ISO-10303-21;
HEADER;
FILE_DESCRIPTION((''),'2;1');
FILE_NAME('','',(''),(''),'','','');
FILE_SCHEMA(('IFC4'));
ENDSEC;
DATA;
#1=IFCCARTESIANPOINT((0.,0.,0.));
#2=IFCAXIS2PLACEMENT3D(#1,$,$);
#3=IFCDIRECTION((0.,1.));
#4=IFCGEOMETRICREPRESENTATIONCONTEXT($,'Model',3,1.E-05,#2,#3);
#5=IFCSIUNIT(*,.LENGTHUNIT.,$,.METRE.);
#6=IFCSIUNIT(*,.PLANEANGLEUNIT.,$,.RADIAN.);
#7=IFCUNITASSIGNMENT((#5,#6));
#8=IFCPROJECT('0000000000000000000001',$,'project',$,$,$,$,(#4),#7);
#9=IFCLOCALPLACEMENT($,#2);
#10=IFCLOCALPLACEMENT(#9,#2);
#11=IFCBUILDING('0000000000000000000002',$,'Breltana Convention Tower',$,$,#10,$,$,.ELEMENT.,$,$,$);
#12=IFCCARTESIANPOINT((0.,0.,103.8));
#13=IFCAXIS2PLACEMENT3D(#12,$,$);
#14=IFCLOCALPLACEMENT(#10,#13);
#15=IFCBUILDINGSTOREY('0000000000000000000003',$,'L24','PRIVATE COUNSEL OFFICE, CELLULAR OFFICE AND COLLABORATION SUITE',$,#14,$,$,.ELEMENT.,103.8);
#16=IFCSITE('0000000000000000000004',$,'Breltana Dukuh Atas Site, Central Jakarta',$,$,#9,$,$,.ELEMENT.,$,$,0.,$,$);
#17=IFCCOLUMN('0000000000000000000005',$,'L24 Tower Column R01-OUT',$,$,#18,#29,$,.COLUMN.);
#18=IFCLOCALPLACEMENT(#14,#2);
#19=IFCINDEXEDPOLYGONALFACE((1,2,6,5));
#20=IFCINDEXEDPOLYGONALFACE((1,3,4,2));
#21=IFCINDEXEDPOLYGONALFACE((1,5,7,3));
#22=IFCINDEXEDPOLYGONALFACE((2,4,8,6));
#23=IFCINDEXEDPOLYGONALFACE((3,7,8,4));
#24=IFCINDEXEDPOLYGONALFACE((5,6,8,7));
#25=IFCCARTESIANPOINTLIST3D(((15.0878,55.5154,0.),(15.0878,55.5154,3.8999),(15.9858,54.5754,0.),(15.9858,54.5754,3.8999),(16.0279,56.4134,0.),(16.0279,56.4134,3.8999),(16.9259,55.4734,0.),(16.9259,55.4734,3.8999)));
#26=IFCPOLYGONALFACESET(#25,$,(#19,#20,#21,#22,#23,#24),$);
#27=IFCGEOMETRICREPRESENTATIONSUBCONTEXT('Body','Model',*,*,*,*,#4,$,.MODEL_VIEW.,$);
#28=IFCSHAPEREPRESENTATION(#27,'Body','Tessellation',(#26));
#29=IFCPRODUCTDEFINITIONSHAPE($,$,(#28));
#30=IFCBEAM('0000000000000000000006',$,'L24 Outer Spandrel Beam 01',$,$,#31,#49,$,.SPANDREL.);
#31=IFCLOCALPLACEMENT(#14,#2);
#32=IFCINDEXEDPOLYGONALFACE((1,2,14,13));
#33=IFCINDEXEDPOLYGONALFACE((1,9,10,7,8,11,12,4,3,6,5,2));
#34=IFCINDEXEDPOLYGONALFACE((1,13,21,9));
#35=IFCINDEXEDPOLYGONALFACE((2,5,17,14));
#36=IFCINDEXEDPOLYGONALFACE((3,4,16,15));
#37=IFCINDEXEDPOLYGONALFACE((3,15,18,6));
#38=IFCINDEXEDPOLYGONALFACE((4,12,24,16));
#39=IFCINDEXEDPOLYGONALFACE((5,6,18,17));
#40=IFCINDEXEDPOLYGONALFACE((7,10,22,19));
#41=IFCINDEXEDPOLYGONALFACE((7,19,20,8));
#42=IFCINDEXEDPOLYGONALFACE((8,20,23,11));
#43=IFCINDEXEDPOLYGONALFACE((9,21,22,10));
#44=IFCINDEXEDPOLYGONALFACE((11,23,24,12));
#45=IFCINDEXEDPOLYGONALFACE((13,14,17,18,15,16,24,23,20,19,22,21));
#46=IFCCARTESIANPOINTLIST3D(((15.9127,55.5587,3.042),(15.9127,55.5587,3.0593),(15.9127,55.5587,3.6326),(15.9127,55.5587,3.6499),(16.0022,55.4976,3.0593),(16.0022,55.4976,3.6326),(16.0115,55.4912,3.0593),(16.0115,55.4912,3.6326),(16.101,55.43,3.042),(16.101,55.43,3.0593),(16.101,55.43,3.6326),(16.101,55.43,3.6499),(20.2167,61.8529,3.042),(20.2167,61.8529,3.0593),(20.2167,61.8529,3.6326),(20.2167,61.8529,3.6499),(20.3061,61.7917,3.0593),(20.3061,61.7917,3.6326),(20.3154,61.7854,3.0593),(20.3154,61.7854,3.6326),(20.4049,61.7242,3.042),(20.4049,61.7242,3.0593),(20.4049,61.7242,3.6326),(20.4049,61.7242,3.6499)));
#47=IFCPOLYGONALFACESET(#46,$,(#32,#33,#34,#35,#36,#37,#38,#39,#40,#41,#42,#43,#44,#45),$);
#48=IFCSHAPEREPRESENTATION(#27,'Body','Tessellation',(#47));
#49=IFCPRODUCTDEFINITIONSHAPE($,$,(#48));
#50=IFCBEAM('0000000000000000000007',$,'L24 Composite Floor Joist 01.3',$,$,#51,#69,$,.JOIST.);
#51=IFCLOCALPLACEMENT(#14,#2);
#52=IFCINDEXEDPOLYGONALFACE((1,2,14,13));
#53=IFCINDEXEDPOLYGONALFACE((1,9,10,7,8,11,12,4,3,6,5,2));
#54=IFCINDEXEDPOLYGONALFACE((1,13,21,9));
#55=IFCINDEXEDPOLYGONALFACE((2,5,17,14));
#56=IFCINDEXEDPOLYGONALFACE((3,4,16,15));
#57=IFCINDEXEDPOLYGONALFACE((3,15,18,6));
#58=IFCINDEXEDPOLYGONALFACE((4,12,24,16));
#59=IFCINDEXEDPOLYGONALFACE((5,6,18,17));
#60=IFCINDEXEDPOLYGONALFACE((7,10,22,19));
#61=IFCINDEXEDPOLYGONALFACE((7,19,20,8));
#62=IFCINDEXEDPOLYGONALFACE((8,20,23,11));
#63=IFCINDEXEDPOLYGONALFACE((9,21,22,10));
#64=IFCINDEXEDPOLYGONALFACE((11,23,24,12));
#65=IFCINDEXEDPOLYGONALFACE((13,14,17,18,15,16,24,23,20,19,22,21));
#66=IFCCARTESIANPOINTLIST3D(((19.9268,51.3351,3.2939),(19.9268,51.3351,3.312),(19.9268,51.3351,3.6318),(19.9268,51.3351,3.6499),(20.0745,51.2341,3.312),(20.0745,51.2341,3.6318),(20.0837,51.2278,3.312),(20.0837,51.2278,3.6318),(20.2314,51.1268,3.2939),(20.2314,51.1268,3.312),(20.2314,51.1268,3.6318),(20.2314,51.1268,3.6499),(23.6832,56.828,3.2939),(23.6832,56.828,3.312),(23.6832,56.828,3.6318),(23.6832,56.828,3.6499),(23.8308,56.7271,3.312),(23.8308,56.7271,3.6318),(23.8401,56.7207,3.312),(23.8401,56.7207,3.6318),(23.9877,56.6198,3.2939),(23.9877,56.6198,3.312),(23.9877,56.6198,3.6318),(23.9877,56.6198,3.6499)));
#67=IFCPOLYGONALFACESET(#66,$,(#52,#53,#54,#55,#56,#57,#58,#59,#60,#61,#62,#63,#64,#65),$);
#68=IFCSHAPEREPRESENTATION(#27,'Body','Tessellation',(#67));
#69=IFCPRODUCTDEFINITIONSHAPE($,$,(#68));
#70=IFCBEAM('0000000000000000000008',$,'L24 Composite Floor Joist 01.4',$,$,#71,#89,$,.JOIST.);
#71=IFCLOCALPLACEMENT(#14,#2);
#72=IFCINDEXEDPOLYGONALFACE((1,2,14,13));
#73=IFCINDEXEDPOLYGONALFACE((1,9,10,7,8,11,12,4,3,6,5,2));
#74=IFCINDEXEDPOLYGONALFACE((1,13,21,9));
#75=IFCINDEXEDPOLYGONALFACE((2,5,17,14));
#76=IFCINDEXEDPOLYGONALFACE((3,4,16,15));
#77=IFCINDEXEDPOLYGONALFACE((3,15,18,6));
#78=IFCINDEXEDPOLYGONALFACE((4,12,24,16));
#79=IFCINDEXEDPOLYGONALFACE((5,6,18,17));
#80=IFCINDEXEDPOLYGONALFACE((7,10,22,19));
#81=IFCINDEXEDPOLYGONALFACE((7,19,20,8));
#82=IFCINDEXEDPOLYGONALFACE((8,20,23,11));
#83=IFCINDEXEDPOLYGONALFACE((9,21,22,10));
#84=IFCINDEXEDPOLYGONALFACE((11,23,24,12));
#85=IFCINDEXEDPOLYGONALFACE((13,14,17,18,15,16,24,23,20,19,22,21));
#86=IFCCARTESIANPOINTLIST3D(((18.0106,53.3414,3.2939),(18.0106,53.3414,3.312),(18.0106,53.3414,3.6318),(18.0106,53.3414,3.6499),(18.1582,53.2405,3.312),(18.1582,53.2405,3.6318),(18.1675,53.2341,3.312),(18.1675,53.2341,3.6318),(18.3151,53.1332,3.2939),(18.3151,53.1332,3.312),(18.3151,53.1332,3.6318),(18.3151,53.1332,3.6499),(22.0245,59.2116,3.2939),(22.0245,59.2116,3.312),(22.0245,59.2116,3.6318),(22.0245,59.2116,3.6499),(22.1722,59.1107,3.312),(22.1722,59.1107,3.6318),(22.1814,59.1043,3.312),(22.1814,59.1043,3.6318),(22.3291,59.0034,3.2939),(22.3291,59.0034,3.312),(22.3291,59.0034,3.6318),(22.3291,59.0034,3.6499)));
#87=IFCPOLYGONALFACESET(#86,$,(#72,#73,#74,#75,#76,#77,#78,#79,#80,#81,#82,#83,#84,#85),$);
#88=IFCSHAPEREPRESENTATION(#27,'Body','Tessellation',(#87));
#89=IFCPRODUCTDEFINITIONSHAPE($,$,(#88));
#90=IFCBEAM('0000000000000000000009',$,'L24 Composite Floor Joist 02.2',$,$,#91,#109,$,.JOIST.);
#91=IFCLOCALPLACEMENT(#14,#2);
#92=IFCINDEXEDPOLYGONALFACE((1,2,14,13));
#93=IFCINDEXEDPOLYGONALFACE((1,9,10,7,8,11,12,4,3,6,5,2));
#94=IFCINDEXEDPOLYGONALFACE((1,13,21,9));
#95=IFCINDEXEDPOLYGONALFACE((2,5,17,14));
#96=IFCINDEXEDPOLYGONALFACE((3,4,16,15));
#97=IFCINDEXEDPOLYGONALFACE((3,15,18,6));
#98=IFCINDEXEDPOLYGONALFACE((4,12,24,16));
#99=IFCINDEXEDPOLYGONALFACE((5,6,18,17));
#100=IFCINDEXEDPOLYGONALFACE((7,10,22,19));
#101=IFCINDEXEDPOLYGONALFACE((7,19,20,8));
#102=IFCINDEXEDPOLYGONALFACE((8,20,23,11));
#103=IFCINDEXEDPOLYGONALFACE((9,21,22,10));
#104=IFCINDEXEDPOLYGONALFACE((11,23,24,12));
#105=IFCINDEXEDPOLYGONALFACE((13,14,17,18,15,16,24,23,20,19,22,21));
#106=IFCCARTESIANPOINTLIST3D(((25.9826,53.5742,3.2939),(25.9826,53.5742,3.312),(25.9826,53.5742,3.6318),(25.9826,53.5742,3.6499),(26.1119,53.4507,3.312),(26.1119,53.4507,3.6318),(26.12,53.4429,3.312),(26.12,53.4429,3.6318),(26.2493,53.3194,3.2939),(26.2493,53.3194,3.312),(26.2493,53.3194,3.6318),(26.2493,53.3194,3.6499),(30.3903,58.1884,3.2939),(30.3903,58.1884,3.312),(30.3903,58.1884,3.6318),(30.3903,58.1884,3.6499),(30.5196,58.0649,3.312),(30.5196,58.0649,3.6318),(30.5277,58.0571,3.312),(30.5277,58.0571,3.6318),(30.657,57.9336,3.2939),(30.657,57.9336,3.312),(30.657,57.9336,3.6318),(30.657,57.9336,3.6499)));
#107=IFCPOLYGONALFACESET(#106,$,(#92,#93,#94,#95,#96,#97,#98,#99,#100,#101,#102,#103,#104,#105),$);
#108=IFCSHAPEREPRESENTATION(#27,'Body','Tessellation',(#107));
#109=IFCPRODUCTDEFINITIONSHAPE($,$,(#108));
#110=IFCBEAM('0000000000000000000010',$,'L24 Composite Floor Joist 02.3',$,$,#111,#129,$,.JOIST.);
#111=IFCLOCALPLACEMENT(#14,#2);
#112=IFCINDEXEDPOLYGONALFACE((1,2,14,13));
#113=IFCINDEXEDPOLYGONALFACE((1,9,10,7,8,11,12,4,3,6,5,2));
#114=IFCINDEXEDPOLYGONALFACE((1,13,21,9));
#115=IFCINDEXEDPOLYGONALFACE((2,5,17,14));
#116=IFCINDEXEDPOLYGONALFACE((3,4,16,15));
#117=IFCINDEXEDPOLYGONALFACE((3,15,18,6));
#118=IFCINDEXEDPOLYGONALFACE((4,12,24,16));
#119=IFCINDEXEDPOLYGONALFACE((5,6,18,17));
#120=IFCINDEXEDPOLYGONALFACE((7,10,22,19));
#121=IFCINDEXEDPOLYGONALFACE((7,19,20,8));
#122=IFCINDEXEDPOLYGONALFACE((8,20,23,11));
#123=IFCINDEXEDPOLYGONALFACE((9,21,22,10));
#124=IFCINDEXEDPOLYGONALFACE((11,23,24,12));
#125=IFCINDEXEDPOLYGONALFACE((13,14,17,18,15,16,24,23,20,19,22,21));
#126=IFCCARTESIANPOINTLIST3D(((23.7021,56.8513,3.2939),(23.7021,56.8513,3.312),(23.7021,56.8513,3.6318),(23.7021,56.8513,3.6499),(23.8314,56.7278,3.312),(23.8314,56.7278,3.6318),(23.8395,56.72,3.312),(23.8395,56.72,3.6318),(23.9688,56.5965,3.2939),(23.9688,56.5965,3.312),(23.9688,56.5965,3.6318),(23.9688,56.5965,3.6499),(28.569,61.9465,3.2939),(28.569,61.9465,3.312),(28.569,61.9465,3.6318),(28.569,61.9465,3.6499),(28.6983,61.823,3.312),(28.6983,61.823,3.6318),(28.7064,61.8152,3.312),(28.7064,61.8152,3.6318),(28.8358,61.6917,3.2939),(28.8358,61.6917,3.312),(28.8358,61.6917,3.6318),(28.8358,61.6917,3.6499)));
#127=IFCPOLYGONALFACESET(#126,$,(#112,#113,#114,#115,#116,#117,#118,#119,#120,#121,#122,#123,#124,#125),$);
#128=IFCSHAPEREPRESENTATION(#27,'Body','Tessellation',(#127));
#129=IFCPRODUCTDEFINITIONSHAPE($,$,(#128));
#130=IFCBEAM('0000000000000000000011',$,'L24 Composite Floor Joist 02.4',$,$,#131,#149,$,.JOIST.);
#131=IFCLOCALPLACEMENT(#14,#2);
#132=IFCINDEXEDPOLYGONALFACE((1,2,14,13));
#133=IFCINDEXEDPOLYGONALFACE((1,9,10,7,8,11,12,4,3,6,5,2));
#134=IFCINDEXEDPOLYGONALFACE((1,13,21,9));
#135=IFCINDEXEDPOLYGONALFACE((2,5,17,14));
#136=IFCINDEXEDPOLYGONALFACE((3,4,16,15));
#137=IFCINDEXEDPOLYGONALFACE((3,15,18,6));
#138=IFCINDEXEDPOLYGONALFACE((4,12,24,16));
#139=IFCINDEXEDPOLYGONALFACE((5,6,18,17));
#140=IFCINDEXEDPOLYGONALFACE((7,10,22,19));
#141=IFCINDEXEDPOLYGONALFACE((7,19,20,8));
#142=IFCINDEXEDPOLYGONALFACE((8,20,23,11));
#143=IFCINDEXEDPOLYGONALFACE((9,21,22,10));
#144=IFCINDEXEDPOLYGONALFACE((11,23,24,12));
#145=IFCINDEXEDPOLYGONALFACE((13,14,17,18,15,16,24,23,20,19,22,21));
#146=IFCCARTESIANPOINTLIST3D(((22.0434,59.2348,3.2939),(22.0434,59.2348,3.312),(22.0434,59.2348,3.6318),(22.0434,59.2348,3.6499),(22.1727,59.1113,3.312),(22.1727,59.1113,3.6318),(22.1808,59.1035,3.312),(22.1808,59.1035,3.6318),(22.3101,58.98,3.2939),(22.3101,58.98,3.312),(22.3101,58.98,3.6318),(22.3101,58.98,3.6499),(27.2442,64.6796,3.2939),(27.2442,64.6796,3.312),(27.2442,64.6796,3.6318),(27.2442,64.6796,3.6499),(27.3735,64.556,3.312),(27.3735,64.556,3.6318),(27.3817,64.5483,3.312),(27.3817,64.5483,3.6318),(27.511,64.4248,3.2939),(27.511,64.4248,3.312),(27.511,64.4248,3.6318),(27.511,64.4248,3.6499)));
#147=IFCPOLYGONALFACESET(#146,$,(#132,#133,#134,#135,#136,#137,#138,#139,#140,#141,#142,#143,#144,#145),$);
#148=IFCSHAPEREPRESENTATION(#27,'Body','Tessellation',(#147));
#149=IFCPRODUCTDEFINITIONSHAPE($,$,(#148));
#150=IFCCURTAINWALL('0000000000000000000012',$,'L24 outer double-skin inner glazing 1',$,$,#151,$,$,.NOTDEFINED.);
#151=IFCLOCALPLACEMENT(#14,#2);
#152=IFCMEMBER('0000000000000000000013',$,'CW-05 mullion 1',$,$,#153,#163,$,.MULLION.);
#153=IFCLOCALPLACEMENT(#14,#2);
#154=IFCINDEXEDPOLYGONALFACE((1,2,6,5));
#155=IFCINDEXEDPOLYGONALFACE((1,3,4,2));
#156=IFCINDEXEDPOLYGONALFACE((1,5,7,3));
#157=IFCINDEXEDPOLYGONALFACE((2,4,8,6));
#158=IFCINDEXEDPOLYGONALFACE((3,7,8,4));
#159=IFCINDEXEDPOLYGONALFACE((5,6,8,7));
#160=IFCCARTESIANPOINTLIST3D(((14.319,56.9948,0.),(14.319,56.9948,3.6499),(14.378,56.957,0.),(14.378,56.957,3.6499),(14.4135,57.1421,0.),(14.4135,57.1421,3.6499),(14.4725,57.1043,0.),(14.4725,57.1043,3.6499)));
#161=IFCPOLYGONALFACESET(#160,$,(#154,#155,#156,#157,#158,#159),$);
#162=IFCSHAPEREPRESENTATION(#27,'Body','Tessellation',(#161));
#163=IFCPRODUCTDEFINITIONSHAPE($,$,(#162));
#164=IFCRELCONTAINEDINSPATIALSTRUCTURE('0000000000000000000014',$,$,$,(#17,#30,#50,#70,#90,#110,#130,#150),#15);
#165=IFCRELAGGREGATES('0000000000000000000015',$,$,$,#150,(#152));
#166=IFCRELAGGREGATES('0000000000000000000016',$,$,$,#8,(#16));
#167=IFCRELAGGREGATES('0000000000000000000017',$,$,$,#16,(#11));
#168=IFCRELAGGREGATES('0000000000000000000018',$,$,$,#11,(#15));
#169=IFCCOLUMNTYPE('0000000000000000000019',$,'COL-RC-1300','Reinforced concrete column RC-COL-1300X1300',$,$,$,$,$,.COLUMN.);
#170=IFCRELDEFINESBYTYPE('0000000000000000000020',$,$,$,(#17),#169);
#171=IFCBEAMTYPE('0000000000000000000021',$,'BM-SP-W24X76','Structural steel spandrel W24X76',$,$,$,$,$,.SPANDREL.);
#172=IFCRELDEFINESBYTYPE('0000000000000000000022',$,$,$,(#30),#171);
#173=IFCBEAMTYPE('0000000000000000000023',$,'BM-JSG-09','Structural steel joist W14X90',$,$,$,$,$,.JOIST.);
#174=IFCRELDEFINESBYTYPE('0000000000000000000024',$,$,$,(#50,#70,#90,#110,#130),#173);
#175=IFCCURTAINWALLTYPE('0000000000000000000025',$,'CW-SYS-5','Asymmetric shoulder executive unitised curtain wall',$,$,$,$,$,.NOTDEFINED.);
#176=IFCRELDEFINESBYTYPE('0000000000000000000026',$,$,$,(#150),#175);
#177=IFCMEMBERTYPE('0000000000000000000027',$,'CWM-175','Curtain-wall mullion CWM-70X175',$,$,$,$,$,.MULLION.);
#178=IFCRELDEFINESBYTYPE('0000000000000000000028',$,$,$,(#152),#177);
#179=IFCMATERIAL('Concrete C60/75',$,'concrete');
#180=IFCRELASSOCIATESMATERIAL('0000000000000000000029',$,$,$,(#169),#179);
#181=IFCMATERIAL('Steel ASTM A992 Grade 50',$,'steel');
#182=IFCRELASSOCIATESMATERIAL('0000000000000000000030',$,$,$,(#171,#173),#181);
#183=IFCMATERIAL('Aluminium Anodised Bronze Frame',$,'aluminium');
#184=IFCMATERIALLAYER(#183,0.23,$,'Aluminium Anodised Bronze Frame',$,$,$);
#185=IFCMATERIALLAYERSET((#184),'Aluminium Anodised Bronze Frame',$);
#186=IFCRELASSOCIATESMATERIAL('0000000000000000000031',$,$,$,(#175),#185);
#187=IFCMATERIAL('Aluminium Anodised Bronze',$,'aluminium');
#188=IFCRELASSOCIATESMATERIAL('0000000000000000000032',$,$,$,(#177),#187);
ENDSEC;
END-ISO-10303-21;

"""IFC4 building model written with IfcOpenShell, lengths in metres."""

from ifc_helpers import new_model, si_unit, direction, frame, origin, origin_2d, place, context, subcontext, project, spatial, rectangle, i_section, extrude, source, transform, mapped, material, layer, layer_set, material_profile, profile_set, type_object, type_shapes, element, aggregate, save


model = new_model("IFC4")

# Units and contexts
model_context = context("Model", 3, precision=1e-05, world=origin(), true_north=direction((0.0, 1.0)))
body_context = subcontext(model_context, "Body", "Model", "MODEL_VIEW")
ifc_project = project(units=[si_unit("LENGTHUNIT", "METRE"), si_unit("PLANEANGLEUNIT", "RADIAN")], contexts=[model_context])

# Site, building, storey
site_placement = place(None, origin())
site = spatial("IfcSite", under=ifc_project, at=site_placement, Name="Breltana Dukuh Atas Site, Central Jakarta", CompositionType="ELEMENT", RefElevation=0.0)
building_placement = place(site_placement, origin())
building = spatial("IfcBuilding", under=site, at=building_placement, Name="Breltana Convention Tower", CompositionType="ELEMENT")
storey_placement = place(building_placement, frame((0.0, 0.0, 103.8)))
storey = spatial("IfcBuildingStorey", under=building, at=storey_placement, Name="L24", Description="PRIVATE COUNSEL OFFICE, CELLULAR OFFICE AND COLLABORATION SUITE", CompositionType="ELEMENT", Elevation=103.8)

# Column
ifc_material_1 = material(Name="Concrete C60/75", Category="concrete")
ifc_material_profile_1 = material_profile(ifc_material_1, rectangle(XDim=1.3, YDim=1.3, at=origin_2d()), Name="RC-COL-1300X1300")
ifc_profile_set_1 = profile_set([ifc_material_profile_1], Name="Concrete C60/75")
column_type = type_object("IfcColumnType", Name="COL-RC-1300", Description="Reinforced concrete column RC-COL-1300X1300", PredefinedType="COLUMN", material=ifc_profile_set_1)
shared_shape_1 = source(origin(), body_context, "Body", "SweptSolid", [
    extrude(rectangle(XDim=1.3, YDim=1.3, at=origin_2d()), origin(), (0.0, 0.0, 1.0), 3.8999),
])
column_placement = place(storey_placement, frame((16.0068, 55.4944, 0.0), z_axis=(0.0, 0.0, 1.0), x_axis=(-0.690756, 0.723088, 0.0)))
element("IfcColumn", 1, at=column_placement, inside=storey, type_object=column_type, Name="L24 Tower Column R01-OUT", PredefinedType="COLUMN", context=body_context, shape_type="MappedRepresentation", body=[
    mapped(shared_shape_1, transform((0.0, 0.0, 0.0), scale=1.0)),
])

# Beams
ifc_material_2 = material(Name="Steel ASTM A992 Grade 50", Category="steel")
ifc_material_profile_2 = material_profile(ifc_material_2, i_section(OverallWidth=0.228, OverallDepth=0.6079, WebThickness=0.0112, FlangeThickness=0.0173, at=origin_2d()), Name="W24X76")
ifc_profile_set_2 = profile_set([ifc_material_profile_2], Name="Steel ASTM A992 Grade 50")
beam_type_1 = type_object("IfcBeamType", Name="BM-SP-W24X76", Description="Structural steel spandrel W24X76", PredefinedType="SPANDREL", material=ifc_profile_set_2)
shared_shape_2 = source(origin(), body_context, "Body", "SweptSolid", [
    extrude(i_section(OverallWidth=0.228, OverallDepth=0.6079, WebThickness=0.0112, FlangeThickness=0.0173, at=origin_2d()), origin(), (0.0, 0.0, 1.0), 7.625),
])
type_shapes(beam_type_1, [shared_shape_2])
beam_1_placement = place(storey_placement, frame((16.0068, 55.4944, 3.3459), z_axis=(0.564452, 0.825466, 0.0), x_axis=(-0.825466, 0.564452, 0.0)))
element("IfcBeam", 2, at=beam_1_placement, inside=storey, type_object=beam_type_1, Name="L24 Outer Spandrel Beam 01", PredefinedType="SPANDREL", context=body_context, shape_type="MappedRepresentation", body=[
    mapped(shared_shape_2, transform((0.0, 0.0, 0.0), scale=1.0)),
])
ifc_material_profile_3 = material_profile(ifc_material_2, i_section(OverallWidth=0.3689, OverallDepth=0.356, WebThickness=0.0112, FlangeThickness=0.0181, at=origin_2d()), Name="W14X90")
ifc_profile_set_3 = profile_set([ifc_material_profile_3], Name="Steel ASTM A992 Grade 50")
beam_type_2 = type_object("IfcBeamType", Name="BM-JSG-09", Description="Structural steel joist W14X90", PredefinedType="JOIST", material=ifc_profile_set_3)
shared_shape_3 = source(origin(), body_context, "Body", "SweptSolid", [
    extrude(i_section(OverallWidth=0.3689, OverallDepth=0.356, WebThickness=0.0112, FlangeThickness=0.0181, at=origin_2d()), origin(), (0.0, 0.0, 1.0), 6.6545),
])
beam_2_placement = place(storey_placement, frame((20.0791, 51.231, 3.4719), z_axis=(0.564483, 0.825445, 0.0), x_axis=(-0.825445, 0.564483, 0.0)))
element("IfcBeam", 3, at=beam_2_placement, inside=storey, type_object=beam_type_2, Name="L24 Composite Floor Joist 01.3", PredefinedType="JOIST", context=body_context, shape_type="MappedRepresentation", body=[
    mapped(shared_shape_3, transform((0.0, 0.0, 0.0), scale=1.0)),
])
shared_shape_4 = source(origin(), body_context, "Body", "SweptSolid", [
    extrude(i_section(OverallWidth=0.3689, OverallDepth=0.356, WebThickness=0.0112, FlangeThickness=0.0181, at=origin_2d()), origin(), (0.0, 0.0, 1.0), 7.1113),
])
beam_3_placement = place(storey_placement, frame((18.1628, 53.2373, 3.4719), z_axis=(0.564446, 0.82547, 0.0), x_axis=(-0.82547, 0.564446, 0.0)))
element("IfcBeam", 4, at=beam_3_placement, inside=storey, type_object=beam_type_2, Name="L24 Composite Floor Joist 01.4", PredefinedType="JOIST", context=body_context, shape_type="MappedRepresentation", body=[
    mapped(shared_shape_4, transform((0.0, 0.0, 0.0), scale=1.0)),
])
shared_shape_5 = source(origin(), body_context, "Body", "SweptSolid", [
    extrude(i_section(OverallWidth=0.3689, OverallDepth=0.356, WebThickness=0.0112, FlangeThickness=0.0181, at=origin_2d()), origin(), (0.0, 0.0, 1.0), 6.3811),
])
beam_4_placement = place(storey_placement, frame((26.116, 53.4468, 3.4719), z_axis=(0.690738, 0.723105, 0.0), x_axis=(-0.723105, 0.690738, 0.0)))
element("IfcBeam", 5, at=beam_4_placement, inside=storey, type_object=beam_type_2, Name="L24 Composite Floor Joist 02.2", PredefinedType="JOIST", context=body_context, shape_type="MappedRepresentation", body=[
    mapped(shared_shape_5, transform((0.0, 0.0, 0.0), scale=1.0)),
])
shared_shape_6 = source(origin(), body_context, "Body", "SweptSolid", [
    extrude(i_section(OverallWidth=0.3689, OverallDepth=0.356, WebThickness=0.0112, FlangeThickness=0.0181, at=origin_2d()), origin(), (0.0, 0.0, 1.0), 7.0461),
])
beam_5_placement = place(storey_placement, frame((23.8354, 56.7239, 3.4719), z_axis=(0.690723, 0.72312, 0.0), x_axis=(-0.72312, 0.690723, 0.0)))
element("IfcBeam", 6, at=beam_5_placement, inside=storey, type_object=beam_type_2, Name="L24 Composite Floor Joist 02.3", PredefinedType="JOIST", context=body_context, shape_type="MappedRepresentation", body=[
    mapped(shared_shape_6, transform((0.0, 0.0, 0.0), scale=1.0)),
])
shared_shape_7 = source(origin(), body_context, "Body", "SweptSolid", [
    extrude(i_section(OverallWidth=0.3689, OverallDepth=0.356, WebThickness=0.0112, FlangeThickness=0.0181, at=origin_2d()), origin(), (0.0, 0.0, 1.0), 7.5295),
])
beam_6_placement = place(storey_placement, frame((22.1768, 59.1074, 3.4719), z_axis=(0.690726, 0.723117, 0.0), x_axis=(-0.723117, 0.690726, 0.0)))
element("IfcBeam", 7, at=beam_6_placement, inside=storey, type_object=beam_type_2, Name="L24 Composite Floor Joist 02.4", PredefinedType="JOIST", context=body_context, shape_type="MappedRepresentation", body=[
    mapped(shared_shape_7, transform((0.0, 0.0, 0.0), scale=1.0)),
])

# Curtain wall, member
ifc_material_3 = material(Name="Aluminium Anodised Bronze Frame", Category="aluminium")
ifc_layer_1 = layer(ifc_material_3, 0.23, Name="Aluminium Anodised Bronze Frame")
ifc_layer_set_1 = layer_set([ifc_layer_1], Name="Aluminium Anodised Bronze Frame")
curtain_wall_type = type_object("IfcCurtainWallType", Name="CW-SYS-5", Description="Asymmetric shoulder executive unitised curtain wall", PredefinedType="NOTDEFINED", material=ifc_layer_set_1)
curtain_wall_placement = place(storey_placement, origin())
curtain_wall = element("IfcCurtainWall", 8, at=curtain_wall_placement, inside=storey, type_object=curtain_wall_type, Name="L24 outer double-skin inner glazing 1", PredefinedType="NOTDEFINED")
ifc_material_4 = material(Name="Aluminium Anodised Bronze", Category="aluminium")
ifc_material_profile_4 = material_profile(ifc_material_4, rectangle(XDim=0.0701, YDim=0.175, at=origin_2d()), Name="CWM-70X175")
ifc_profile_set_4 = profile_set([ifc_material_profile_4], Name="Aluminium Anodised Bronze")
member_type_1 = type_object("IfcMemberType", Name="CWM-175", Description="Curtain-wall mullion CWM-70X175", PredefinedType="MULLION", material=ifc_profile_set_4)
shared_shape_8 = source(origin(), body_context, "Body", "SweptSolid", [
    extrude(rectangle(XDim=0.0701, YDim=0.175, at=origin_2d()), origin(), (0.0, 0.0, 1.0), 3.6499),
])
member_1_placement = place(storey_placement, frame((14.3958, 57.0496, 0.0), z_axis=(0.0, 0.0, 1.0), x_axis=(-0.841552, 0.540177, 0.0)))
member_1 = element("IfcMember", 9, at=member_1_placement, type_object=member_type_1, Name="CW-05 mullion 1", PredefinedType="MULLION", context=body_context, shape_type="MappedRepresentation", body=[
    mapped(shared_shape_8, transform((0.0, 0.0, 0.0), scale=1.0)),
])
aggregate(curtain_wall, [member_1])

save(model, "model.ifc")
